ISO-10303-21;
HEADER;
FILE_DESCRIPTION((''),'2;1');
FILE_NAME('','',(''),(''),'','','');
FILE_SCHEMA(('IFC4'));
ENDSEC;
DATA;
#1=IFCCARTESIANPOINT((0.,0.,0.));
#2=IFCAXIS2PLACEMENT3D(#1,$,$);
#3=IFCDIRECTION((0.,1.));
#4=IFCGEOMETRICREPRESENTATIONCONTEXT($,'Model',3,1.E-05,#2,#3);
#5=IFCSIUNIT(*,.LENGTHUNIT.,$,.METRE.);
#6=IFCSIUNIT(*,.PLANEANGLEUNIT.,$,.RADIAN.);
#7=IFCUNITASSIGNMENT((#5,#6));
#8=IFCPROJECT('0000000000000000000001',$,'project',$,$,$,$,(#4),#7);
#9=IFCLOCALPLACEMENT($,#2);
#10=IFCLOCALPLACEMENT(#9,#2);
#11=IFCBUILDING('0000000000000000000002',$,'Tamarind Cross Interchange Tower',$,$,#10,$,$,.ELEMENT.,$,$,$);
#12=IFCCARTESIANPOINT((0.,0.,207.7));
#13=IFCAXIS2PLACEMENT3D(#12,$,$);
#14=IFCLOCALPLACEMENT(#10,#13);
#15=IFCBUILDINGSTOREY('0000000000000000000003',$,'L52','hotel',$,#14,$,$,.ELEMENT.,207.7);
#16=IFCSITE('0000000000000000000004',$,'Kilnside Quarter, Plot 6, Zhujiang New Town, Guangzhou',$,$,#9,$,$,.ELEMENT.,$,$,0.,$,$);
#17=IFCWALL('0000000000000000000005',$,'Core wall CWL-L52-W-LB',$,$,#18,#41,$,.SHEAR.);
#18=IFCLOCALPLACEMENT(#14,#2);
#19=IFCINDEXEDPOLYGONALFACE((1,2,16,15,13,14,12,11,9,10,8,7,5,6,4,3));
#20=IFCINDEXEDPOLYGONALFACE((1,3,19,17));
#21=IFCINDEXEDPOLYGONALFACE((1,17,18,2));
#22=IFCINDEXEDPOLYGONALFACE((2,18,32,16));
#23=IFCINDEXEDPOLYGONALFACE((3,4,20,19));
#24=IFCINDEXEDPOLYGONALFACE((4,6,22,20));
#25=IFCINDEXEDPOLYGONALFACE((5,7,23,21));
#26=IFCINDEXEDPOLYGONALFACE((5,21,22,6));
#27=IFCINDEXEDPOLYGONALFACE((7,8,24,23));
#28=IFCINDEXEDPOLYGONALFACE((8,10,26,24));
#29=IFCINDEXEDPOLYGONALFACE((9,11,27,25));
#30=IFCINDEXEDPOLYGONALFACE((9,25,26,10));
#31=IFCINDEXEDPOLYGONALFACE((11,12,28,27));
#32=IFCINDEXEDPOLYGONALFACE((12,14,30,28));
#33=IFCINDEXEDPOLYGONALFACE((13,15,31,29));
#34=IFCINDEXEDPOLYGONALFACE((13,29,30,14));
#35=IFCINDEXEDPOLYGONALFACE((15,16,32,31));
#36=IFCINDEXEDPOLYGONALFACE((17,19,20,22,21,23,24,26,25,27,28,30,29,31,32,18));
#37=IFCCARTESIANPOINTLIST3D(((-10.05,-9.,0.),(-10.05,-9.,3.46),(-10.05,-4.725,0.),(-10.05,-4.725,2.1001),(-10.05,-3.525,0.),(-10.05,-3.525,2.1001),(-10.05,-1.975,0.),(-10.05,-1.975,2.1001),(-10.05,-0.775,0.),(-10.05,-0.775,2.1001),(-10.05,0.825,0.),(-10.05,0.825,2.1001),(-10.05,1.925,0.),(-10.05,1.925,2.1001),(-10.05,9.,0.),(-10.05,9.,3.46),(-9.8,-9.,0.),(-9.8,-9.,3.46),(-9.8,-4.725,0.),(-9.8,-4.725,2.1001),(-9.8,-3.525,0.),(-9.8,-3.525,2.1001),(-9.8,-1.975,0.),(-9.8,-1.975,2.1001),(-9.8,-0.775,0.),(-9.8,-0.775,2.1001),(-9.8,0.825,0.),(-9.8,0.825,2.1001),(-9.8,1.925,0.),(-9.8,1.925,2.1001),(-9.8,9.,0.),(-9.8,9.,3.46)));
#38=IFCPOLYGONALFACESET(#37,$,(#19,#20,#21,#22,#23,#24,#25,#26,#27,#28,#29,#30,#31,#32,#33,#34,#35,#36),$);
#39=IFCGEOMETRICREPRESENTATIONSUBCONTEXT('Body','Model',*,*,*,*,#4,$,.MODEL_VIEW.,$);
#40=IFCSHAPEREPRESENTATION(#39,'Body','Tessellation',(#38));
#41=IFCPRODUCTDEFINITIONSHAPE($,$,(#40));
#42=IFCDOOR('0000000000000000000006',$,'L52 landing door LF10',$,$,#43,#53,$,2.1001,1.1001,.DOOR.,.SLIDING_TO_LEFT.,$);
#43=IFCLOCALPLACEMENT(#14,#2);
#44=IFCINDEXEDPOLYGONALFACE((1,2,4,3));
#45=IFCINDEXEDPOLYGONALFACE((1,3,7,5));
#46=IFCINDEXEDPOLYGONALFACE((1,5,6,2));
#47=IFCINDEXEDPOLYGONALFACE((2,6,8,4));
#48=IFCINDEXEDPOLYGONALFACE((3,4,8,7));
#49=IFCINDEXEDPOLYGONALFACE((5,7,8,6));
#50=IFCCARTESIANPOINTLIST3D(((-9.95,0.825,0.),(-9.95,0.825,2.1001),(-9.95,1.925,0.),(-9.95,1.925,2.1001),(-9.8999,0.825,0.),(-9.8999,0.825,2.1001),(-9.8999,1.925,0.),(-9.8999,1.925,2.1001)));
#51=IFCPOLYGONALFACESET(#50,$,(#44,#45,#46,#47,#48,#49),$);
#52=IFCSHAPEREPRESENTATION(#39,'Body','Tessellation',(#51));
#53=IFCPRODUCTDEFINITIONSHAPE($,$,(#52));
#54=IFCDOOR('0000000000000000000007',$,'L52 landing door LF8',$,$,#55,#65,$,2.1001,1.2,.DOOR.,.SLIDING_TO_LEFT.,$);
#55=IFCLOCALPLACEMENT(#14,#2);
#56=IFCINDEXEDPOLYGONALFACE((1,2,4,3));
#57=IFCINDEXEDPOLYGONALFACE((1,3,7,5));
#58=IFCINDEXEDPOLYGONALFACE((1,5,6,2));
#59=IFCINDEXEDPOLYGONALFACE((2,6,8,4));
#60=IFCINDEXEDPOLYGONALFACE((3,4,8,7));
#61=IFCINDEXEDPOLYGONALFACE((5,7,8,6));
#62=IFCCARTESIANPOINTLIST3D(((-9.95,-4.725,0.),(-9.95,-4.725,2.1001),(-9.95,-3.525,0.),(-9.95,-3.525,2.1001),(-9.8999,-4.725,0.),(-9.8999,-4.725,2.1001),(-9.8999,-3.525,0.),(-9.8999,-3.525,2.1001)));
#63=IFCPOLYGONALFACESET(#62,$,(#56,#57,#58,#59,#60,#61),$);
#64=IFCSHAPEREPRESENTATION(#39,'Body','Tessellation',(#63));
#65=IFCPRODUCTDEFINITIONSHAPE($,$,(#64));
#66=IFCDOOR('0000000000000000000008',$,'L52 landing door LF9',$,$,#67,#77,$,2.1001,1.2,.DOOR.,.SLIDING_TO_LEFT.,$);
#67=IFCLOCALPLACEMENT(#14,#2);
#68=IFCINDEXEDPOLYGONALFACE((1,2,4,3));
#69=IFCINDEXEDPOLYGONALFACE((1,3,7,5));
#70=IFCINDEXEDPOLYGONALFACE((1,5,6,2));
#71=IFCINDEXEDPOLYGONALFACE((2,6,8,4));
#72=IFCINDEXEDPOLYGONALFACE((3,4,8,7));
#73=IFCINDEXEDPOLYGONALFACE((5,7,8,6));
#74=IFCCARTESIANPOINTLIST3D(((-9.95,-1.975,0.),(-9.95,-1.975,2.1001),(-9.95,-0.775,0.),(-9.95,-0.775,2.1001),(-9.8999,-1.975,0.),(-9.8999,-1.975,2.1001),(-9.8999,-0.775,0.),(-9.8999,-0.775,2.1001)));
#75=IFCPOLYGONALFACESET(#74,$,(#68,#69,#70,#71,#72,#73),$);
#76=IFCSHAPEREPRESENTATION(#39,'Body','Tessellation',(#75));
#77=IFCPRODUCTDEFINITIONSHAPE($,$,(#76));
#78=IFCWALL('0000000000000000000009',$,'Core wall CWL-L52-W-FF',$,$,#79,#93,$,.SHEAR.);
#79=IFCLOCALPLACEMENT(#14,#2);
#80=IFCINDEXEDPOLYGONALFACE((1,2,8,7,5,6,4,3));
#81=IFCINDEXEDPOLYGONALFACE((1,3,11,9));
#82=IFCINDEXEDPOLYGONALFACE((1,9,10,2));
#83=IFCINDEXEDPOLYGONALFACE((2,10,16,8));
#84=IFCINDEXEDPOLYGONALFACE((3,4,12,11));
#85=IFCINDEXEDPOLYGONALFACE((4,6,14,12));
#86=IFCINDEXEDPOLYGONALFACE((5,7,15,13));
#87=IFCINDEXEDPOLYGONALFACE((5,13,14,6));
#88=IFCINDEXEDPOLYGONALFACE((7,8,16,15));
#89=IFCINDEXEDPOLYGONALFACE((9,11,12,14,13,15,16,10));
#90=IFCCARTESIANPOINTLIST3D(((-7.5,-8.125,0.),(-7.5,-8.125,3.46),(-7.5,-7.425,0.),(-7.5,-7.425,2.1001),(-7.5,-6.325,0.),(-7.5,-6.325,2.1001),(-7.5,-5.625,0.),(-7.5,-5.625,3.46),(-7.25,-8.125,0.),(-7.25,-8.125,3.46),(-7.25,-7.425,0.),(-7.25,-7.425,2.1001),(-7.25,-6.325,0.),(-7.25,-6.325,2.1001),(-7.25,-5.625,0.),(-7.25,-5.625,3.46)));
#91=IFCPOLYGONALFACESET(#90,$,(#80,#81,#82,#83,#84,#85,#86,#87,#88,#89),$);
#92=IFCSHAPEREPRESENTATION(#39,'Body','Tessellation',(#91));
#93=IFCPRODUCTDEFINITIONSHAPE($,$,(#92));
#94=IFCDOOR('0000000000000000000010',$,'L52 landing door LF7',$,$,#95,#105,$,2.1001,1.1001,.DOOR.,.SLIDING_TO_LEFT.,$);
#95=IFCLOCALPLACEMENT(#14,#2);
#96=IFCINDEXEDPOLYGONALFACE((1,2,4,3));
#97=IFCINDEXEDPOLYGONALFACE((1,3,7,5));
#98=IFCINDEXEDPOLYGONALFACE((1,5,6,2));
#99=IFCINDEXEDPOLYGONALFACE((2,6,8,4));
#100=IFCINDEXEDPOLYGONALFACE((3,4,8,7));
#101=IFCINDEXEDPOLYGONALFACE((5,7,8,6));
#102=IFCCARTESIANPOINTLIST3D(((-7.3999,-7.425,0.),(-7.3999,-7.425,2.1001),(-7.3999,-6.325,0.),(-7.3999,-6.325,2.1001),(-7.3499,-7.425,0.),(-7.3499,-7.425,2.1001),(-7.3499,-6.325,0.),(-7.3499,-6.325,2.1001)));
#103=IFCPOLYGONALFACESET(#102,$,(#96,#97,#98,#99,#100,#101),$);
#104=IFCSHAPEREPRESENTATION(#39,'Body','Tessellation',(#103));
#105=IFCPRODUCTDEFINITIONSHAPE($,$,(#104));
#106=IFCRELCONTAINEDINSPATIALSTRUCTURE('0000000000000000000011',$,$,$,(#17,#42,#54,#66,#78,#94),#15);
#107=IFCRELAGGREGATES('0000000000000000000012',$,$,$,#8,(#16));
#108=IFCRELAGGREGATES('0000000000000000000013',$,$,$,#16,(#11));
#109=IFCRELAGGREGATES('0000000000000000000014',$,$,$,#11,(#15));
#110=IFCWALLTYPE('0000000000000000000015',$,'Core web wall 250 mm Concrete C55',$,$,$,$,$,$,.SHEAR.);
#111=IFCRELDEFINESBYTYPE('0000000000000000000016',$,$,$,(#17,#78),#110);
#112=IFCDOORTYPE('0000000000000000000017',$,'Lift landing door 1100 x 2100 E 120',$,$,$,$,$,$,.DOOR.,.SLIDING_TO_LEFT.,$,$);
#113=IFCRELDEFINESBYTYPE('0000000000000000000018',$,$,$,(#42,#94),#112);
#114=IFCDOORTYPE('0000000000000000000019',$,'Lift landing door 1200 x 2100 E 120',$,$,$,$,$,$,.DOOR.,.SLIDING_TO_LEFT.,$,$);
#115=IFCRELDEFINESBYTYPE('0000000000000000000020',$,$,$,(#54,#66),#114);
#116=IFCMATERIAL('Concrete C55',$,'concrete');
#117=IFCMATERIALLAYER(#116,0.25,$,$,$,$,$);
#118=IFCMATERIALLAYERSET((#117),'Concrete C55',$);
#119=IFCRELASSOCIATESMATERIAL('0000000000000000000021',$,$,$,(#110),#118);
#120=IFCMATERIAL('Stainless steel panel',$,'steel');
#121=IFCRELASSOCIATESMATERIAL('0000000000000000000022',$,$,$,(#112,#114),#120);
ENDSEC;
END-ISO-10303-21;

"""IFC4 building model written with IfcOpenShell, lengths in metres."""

from ifc_helpers import new_model, si_unit, direction, frame, frame_2d, origin, place, context, subcontext, project, spatial, rectangle, extrude, material, layer, layer_set, type_object, element, fill, save


model = new_model("IFC4")

# Units and contexts
model_context = context("Model", 3, precision=1e-05, world=origin(), true_north=direction((0.0, 1.0)))
body_context = subcontext(model_context, "Body", "Model", "MODEL_VIEW")
ifc_project = project(units=[si_unit("LENGTHUNIT", "METRE"), si_unit("PLANEANGLEUNIT", "RADIAN")], contexts=[model_context])

# Site, building, storey
site_placement = place(None, origin())
site = spatial("IfcSite", under=ifc_project, at=site_placement, Name="Kilnside Quarter, Plot 6, Zhujiang New Town, Guangzhou", CompositionType="ELEMENT", RefElevation=0.0)
building_placement = place(site_placement, origin())
building = spatial("IfcBuilding", under=site, at=building_placement, Name="Tamarind Cross Interchange Tower", CompositionType="ELEMENT")
storey_placement = place(building_placement, frame((0.0, 0.0, 207.7)))
storey = spatial("IfcBuildingStorey", under=building, at=storey_placement, Name="L52", Description="hotel", CompositionType="ELEMENT", Elevation=207.7)

# Shared definitions
ifc_material_1 = material(Name="Concrete C55", Category="concrete")

# Shared definitions
ifc_layer_1 = layer(ifc_material_1, 0.25)
ifc_layer_set_1 = layer_set([ifc_layer_1], Name="Concrete C55")
wall_type_1 = type_object("IfcWallType", Name="Core web wall 250 mm Concrete C55", PredefinedType="SHEAR", material=ifc_layer_set_1)

# Wall, openings, doors
ifc_material_2 = material(Name="Stainless steel panel", Category="steel")
wall_1_placement = place(storey_placement, frame((-9.925, -9.0, 0.0), z_axis=(0.0, 0.0, 1.0), x_axis=(0.0, 1.0, 0.0)))
wall_1 = element("IfcWall", 1, at=wall_1_placement, inside=storey, type_object=wall_type_1, Name="Core wall CWL-L52-W-LB", PredefinedType="SHEAR", context=body_context, shape_type="SweptSolid", body=[
    extrude(rectangle(XDim=18.0, YDim=0.25, at=frame_2d((9.0, 0.0))), origin(), (0.0, 0.0, 1.0), 3.46),
])
opening_1_placement = place(wall_1_placement, frame((4.2749, 0.0, 0.0)))
opening_1 = element("IfcOpeningElement", 2, at=opening_1_placement, cuts=wall_1, PredefinedType="OPENING", context=body_context, shape_type="SweptSolid", body=[
    extrude(rectangle(XDim=1.2, YDim=2.1001, at=frame_2d((0.6001, 1.05))), frame((0.0, 0.135, 0.0), z_axis=(0.0, -1.0, 0.0), x_axis=(1.0, 0.0, 0.0)), (0.0, 0.0, 1.0), 0.27),
])
opening_2_placement = place(wall_1_placement, frame((7.0249, 0.0, 0.0)))
opening_2 = element("IfcOpeningElement", 3, at=opening_2_placement, cuts=wall_1, PredefinedType="OPENING", context=body_context, shape_type="SweptSolid", body=[
    extrude(rectangle(XDim=1.2, YDim=2.1001, at=frame_2d((0.6001, 1.05))), frame((0.0, 0.135, 0.0), z_axis=(0.0, -1.0, 0.0), x_axis=(1.0, 0.0, 0.0)), (0.0, 0.0, 1.0), 0.27),
])
opening_3_placement = place(wall_1_placement, frame((9.825, 0.0, 0.0)))
opening_3 = element("IfcOpeningElement", 4, at=opening_3_placement, cuts=wall_1, PredefinedType="OPENING", context=body_context, shape_type="SweptSolid", body=[
    extrude(rectangle(XDim=1.1001, YDim=2.1001, at=frame_2d((0.55, 1.05))), frame((0.0, 0.135, 0.0), z_axis=(0.0, -1.0, 0.0), x_axis=(1.0, 0.0, 0.0)), (0.0, 0.0, 1.0), 0.27),
])
door_type_1 = type_object("IfcDoorType", Name="Lift landing door 1100 x 2100 E 120", OperationType="SLIDING_TO_LEFT", PredefinedType="DOOR", material=ifc_material_2)
door_1_placement = place(opening_3_placement, origin())
door_1 = element("IfcDoor", 5, at=door_1_placement, inside=storey, type_object=door_type_1, Name="L52 landing door LF10", OperationType="SLIDING_TO_LEFT", OverallHeight=2.1001, OverallWidth=1.1001, PredefinedType="DOOR", context=body_context, shape_type="SweptSolid", body=[
    extrude(rectangle(XDim=1.1001, YDim=2.1001, at=frame_2d((0.55, 1.05))), frame((0.0, 0.0249, 0.0), z_axis=(0.0, -1.0, 0.0), x_axis=(1.0, 0.0, 0.0)), (0.0, 0.0, 1.0), 0.05),
])
fill(opening_3, door_1)
door_type_2 = type_object("IfcDoorType", Name="Lift landing door 1200 x 2100 E 120", OperationType="SLIDING_TO_LEFT", PredefinedType="DOOR", material=ifc_material_2)
door_2_placement = place(opening_1_placement, origin())
door_2 = element("IfcDoor", 6, at=door_2_placement, inside=storey, type_object=door_type_2, Name="L52 landing door LF8", OperationType="SLIDING_TO_LEFT", OverallHeight=2.1001, OverallWidth=1.2, PredefinedType="DOOR", context=body_context, shape_type="SweptSolid", body=[
    extrude(rectangle(XDim=1.2, YDim=2.1001, at=frame_2d((0.6001, 1.05))), frame((0.0, 0.0249, 0.0), z_axis=(0.0, -1.0, 0.0), x_axis=(1.0, 0.0, 0.0)), (0.0, 0.0, 1.0), 0.05),
])
fill(opening_1, door_2)
door_3_placement = place(opening_2_placement, origin())
door_3 = element("IfcDoor", 7, at=door_3_placement, inside=storey, type_object=door_type_2, Name="L52 landing door LF9", OperationType="SLIDING_TO_LEFT", OverallHeight=2.1001, OverallWidth=1.2, PredefinedType="DOOR", context=body_context, shape_type="SweptSolid", body=[
    extrude(rectangle(XDim=1.2, YDim=2.1001, at=frame_2d((0.6001, 1.05))), frame((0.0, 0.0249, 0.0), z_axis=(0.0, -1.0, 0.0), x_axis=(1.0, 0.0, 0.0)), (0.0, 0.0, 1.0), 0.05),
])
fill(opening_2, door_3)

# Wall, opening, door
wall_2_placement = place(storey_placement, frame((-7.375, -8.125, 0.0), z_axis=(0.0, 0.0, 1.0), x_axis=(0.0, 1.0, 0.0)))
wall_2 = element("IfcWall", 8, at=wall_2_placement, inside=storey, type_object=wall_type_1, Name="Core wall CWL-L52-W-FF", PredefinedType="SHEAR", context=body_context, shape_type="SweptSolid", body=[
    extrude(rectangle(XDim=2.5, YDim=0.25, at=frame_2d((1.25, 0.0))), origin(), (0.0, 0.0, 1.0), 3.46),
])
opening_4_placement = place(wall_2_placement, frame((0.7, 0.0, 0.0)))
opening_4 = element("IfcOpeningElement", 9, at=opening_4_placement, cuts=wall_2, PredefinedType="OPENING", context=body_context, shape_type="SweptSolid", body=[
    extrude(rectangle(XDim=1.1001, YDim=2.1001, at=frame_2d((0.55, 1.05))), frame((0.0, 0.135, 0.0), z_axis=(0.0, -1.0, 0.0), x_axis=(1.0, 0.0, 0.0)), (0.0, 0.0, 1.0), 0.27),
])
door_4_placement = place(opening_4_placement, origin())
door_4 = element("IfcDoor", 10, at=door_4_placement, inside=storey, type_object=door_type_1, Name="L52 landing door LF7", OperationType="SLIDING_TO_LEFT", OverallHeight=2.1001, OverallWidth=1.1001, PredefinedType="DOOR", context=body_context, shape_type="SweptSolid", body=[
    extrude(rectangle(XDim=1.1001, YDim=2.1001, at=frame_2d((0.55, 1.05))), frame((0.0, 0.0249, 0.0), z_axis=(0.0, -1.0, 0.0), x_axis=(1.0, 0.0, 0.0)), (0.0, 0.0, 1.0), 0.05),
])
fill(opening_4, door_4)

save(model, "model.ifc")
